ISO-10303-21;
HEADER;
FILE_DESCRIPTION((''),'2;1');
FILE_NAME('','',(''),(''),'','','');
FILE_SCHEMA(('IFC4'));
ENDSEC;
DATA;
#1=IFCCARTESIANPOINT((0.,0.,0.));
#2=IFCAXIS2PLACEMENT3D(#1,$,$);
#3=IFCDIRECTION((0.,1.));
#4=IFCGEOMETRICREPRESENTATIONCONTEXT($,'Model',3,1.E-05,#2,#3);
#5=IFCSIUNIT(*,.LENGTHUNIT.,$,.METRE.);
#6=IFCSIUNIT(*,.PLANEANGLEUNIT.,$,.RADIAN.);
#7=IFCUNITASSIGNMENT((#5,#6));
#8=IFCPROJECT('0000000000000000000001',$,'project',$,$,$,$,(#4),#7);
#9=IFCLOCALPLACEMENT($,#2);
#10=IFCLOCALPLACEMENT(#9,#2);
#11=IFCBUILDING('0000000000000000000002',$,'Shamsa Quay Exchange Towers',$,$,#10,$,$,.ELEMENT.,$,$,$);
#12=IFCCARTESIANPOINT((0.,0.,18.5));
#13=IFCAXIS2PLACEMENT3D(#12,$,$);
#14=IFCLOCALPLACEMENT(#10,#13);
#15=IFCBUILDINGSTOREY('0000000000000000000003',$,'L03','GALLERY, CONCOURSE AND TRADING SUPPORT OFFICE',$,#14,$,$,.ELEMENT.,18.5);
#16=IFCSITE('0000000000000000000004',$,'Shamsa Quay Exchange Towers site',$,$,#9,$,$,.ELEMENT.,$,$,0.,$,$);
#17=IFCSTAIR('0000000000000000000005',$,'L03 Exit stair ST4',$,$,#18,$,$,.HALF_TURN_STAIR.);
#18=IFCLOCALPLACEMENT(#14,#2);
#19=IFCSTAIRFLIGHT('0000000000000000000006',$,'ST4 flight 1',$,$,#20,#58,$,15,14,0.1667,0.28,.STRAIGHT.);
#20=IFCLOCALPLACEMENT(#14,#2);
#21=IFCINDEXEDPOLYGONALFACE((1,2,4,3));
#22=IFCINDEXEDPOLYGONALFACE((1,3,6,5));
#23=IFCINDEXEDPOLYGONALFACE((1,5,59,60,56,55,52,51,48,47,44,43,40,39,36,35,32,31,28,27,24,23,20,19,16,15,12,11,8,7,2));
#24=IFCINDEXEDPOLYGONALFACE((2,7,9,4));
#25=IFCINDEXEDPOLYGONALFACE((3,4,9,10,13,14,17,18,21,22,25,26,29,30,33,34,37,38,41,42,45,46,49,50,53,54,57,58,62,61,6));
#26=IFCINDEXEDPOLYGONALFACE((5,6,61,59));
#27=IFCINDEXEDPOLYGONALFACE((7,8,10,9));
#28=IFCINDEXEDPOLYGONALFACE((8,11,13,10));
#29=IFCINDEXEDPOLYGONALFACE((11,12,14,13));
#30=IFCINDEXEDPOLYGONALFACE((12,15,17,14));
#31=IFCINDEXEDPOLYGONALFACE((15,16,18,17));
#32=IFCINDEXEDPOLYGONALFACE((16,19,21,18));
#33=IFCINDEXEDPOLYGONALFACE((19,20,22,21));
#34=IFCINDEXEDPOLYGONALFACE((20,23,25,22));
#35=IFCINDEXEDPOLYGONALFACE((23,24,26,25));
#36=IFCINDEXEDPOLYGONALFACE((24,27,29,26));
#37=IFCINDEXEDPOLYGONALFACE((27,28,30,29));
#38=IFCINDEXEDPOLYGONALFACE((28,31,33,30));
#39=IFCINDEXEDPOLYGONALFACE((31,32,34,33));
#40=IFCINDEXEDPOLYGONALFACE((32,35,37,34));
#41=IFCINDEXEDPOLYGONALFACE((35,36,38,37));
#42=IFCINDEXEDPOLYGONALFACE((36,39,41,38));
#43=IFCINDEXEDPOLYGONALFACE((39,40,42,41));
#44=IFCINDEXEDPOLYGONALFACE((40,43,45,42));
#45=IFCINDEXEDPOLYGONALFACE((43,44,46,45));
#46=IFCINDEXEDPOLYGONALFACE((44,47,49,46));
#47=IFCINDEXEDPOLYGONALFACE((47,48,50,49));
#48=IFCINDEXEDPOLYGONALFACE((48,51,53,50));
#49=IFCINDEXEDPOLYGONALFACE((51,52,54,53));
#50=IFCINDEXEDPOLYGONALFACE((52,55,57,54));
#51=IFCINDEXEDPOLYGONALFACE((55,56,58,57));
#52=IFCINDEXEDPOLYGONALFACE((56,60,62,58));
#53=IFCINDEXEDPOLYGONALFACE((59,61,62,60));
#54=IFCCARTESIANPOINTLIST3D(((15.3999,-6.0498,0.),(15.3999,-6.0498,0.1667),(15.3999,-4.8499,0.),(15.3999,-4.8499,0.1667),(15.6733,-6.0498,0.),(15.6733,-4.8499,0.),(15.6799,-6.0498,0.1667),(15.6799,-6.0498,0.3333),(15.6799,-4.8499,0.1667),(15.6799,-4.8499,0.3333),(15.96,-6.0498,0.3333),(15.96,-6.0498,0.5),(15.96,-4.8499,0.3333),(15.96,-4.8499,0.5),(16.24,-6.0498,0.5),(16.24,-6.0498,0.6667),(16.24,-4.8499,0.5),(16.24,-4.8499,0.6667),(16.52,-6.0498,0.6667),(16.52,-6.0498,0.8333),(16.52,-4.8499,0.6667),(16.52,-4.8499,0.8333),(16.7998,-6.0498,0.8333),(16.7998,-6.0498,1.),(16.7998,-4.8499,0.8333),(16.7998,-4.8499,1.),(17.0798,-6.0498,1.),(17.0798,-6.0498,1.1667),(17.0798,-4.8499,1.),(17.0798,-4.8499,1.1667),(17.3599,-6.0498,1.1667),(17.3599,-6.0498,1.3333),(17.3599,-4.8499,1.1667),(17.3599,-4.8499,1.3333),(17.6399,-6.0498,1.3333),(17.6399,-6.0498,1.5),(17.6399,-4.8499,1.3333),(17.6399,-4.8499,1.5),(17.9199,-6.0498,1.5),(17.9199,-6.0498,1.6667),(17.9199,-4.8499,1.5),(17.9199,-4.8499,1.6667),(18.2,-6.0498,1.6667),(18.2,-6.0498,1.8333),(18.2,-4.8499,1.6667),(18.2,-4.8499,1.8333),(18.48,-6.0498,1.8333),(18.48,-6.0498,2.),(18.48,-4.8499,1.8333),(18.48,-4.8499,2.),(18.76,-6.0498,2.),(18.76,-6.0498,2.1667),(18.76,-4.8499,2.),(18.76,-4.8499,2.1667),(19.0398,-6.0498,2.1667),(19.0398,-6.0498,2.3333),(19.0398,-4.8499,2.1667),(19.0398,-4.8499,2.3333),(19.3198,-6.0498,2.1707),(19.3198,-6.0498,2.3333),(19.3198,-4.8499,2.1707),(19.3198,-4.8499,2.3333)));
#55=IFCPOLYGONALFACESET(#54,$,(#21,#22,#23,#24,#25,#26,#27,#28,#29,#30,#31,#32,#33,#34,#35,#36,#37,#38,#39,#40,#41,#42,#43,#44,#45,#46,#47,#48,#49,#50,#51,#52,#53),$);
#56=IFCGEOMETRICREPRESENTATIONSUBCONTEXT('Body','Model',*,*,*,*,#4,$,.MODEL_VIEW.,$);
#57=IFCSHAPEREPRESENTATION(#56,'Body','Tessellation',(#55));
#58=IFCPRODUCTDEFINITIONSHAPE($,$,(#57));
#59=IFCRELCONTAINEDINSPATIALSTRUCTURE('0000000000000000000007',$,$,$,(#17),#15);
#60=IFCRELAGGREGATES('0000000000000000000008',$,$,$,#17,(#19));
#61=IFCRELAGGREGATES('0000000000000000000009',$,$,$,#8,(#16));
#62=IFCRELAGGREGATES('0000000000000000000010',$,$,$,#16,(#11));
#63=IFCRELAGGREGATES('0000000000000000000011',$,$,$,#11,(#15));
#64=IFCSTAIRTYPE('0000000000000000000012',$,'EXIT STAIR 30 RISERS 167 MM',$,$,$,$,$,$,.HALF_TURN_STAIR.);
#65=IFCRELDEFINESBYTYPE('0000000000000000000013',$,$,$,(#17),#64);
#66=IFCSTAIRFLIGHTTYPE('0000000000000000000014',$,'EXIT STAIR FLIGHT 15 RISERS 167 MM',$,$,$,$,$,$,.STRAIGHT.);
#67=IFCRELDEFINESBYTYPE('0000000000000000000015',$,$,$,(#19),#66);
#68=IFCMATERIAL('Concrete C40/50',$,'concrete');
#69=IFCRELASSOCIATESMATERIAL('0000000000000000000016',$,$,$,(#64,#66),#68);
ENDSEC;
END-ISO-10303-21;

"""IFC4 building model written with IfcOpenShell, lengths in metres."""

from ifc_helpers import new_model, si_unit, direction, frame, origin, place, context, subcontext, project, spatial, polyline, outline, extrude, material, type_object, element, aggregate, save


model = new_model("IFC4")

# Units and contexts
model_context = context("Model", 3, precision=1e-05, world=origin(), true_north=direction((0.0, 1.0)))
body_context = subcontext(model_context, "Body", "Model", "MODEL_VIEW")
ifc_project = project(units=[si_unit("LENGTHUNIT", "METRE"), si_unit("PLANEANGLEUNIT", "RADIAN")], contexts=[model_context])

# Site, building, storey
site_placement = place(None, origin())
site = spatial("IfcSite", under=ifc_project, at=site_placement, Name="Shamsa Quay Exchange Towers site", CompositionType="ELEMENT", RefElevation=0.0)
building_placement = place(site_placement, origin())
building = spatial("IfcBuilding", under=site, at=building_placement, Name="Shamsa Quay Exchange Towers", CompositionType="ELEMENT")
storey_placement = place(building_placement, frame((0.0, 0.0, 18.5)))
storey = spatial("IfcBuildingStorey", under=building, at=storey_placement, Name="L03", Description="GALLERY, CONCOURSE AND TRADING SUPPORT OFFICE", CompositionType="ELEMENT", Elevation=18.5)

# Stair
ifc_material_1 = material(Name="Concrete C40/50", Category="concrete")
stair_type_1 = type_object("IfcStairType", Name="EXIT STAIR 30 RISERS 167 MM", PredefinedType="HALF_TURN_STAIR", material=ifc_material_1)
stair_1_placement = place(storey_placement, origin())
stair_1 = element("IfcStair", 1, at=stair_1_placement, inside=storey, type_object=stair_type_1, Name="L03 Exit stair ST4", PredefinedType="HALF_TURN_STAIR")

# Stair flight
stair_flight_type = type_object("IfcStairFlightType", Name="EXIT STAIR FLIGHT 15 RISERS 167 MM", PredefinedType="STRAIGHT", material=ifc_material_1)
stair_flight_placement = place(storey_placement, frame((15.3999, -5.45, 0.0)))
stair_flight = element("IfcStairFlight", 2, at=stair_flight_placement, type_object=stair_flight_type, Name="ST4 flight 1", NumberOfRisers=15, NumberOfTreads=14, PredefinedType="STRAIGHT", RiserHeight=0.1667, TreadLength=0.28, context=body_context, shape_type="SweptSolid", body=[
    extrude(outline(polyline([(0.0, 0.0), (0.0, 0.1667), (0.28, 0.1667), (0.28, 0.3333), (0.5601, 0.3333), (0.5601, 0.5), (0.8401, 0.5), (0.8401, 0.6667), (1.1201, 0.6667), (1.1201, 0.8333), (1.3999, 0.8333), (1.3999, 1.0), (1.6799, 1.0), (1.6799, 1.1667), (1.96, 1.1667), (1.96, 1.3333), (2.24, 1.3333), (2.24, 1.5), (2.52, 1.5), (2.52, 1.6667), (2.8, 1.6667), (2.8, 1.8333), (3.0801, 1.8333), (3.0801, 2.0), (3.3601, 2.0), (3.3601, 2.1667), (3.6399, 2.1667), (3.6399, 2.3333), (3.9199, 2.3333), (3.9199, 2.5), (3.9199, 2.1707), (0.2734, 0.0), (0.0, 0.0)])), frame((0.0, 0.6001, 0.0), z_axis=(0.0, -1.0, 0.0), x_axis=(1.0, 0.0, 0.0)), (0.0, 0.0, 1.0), 1.2),
])
aggregate(stair_1, [stair_flight])

save(model, "model.ifc")
